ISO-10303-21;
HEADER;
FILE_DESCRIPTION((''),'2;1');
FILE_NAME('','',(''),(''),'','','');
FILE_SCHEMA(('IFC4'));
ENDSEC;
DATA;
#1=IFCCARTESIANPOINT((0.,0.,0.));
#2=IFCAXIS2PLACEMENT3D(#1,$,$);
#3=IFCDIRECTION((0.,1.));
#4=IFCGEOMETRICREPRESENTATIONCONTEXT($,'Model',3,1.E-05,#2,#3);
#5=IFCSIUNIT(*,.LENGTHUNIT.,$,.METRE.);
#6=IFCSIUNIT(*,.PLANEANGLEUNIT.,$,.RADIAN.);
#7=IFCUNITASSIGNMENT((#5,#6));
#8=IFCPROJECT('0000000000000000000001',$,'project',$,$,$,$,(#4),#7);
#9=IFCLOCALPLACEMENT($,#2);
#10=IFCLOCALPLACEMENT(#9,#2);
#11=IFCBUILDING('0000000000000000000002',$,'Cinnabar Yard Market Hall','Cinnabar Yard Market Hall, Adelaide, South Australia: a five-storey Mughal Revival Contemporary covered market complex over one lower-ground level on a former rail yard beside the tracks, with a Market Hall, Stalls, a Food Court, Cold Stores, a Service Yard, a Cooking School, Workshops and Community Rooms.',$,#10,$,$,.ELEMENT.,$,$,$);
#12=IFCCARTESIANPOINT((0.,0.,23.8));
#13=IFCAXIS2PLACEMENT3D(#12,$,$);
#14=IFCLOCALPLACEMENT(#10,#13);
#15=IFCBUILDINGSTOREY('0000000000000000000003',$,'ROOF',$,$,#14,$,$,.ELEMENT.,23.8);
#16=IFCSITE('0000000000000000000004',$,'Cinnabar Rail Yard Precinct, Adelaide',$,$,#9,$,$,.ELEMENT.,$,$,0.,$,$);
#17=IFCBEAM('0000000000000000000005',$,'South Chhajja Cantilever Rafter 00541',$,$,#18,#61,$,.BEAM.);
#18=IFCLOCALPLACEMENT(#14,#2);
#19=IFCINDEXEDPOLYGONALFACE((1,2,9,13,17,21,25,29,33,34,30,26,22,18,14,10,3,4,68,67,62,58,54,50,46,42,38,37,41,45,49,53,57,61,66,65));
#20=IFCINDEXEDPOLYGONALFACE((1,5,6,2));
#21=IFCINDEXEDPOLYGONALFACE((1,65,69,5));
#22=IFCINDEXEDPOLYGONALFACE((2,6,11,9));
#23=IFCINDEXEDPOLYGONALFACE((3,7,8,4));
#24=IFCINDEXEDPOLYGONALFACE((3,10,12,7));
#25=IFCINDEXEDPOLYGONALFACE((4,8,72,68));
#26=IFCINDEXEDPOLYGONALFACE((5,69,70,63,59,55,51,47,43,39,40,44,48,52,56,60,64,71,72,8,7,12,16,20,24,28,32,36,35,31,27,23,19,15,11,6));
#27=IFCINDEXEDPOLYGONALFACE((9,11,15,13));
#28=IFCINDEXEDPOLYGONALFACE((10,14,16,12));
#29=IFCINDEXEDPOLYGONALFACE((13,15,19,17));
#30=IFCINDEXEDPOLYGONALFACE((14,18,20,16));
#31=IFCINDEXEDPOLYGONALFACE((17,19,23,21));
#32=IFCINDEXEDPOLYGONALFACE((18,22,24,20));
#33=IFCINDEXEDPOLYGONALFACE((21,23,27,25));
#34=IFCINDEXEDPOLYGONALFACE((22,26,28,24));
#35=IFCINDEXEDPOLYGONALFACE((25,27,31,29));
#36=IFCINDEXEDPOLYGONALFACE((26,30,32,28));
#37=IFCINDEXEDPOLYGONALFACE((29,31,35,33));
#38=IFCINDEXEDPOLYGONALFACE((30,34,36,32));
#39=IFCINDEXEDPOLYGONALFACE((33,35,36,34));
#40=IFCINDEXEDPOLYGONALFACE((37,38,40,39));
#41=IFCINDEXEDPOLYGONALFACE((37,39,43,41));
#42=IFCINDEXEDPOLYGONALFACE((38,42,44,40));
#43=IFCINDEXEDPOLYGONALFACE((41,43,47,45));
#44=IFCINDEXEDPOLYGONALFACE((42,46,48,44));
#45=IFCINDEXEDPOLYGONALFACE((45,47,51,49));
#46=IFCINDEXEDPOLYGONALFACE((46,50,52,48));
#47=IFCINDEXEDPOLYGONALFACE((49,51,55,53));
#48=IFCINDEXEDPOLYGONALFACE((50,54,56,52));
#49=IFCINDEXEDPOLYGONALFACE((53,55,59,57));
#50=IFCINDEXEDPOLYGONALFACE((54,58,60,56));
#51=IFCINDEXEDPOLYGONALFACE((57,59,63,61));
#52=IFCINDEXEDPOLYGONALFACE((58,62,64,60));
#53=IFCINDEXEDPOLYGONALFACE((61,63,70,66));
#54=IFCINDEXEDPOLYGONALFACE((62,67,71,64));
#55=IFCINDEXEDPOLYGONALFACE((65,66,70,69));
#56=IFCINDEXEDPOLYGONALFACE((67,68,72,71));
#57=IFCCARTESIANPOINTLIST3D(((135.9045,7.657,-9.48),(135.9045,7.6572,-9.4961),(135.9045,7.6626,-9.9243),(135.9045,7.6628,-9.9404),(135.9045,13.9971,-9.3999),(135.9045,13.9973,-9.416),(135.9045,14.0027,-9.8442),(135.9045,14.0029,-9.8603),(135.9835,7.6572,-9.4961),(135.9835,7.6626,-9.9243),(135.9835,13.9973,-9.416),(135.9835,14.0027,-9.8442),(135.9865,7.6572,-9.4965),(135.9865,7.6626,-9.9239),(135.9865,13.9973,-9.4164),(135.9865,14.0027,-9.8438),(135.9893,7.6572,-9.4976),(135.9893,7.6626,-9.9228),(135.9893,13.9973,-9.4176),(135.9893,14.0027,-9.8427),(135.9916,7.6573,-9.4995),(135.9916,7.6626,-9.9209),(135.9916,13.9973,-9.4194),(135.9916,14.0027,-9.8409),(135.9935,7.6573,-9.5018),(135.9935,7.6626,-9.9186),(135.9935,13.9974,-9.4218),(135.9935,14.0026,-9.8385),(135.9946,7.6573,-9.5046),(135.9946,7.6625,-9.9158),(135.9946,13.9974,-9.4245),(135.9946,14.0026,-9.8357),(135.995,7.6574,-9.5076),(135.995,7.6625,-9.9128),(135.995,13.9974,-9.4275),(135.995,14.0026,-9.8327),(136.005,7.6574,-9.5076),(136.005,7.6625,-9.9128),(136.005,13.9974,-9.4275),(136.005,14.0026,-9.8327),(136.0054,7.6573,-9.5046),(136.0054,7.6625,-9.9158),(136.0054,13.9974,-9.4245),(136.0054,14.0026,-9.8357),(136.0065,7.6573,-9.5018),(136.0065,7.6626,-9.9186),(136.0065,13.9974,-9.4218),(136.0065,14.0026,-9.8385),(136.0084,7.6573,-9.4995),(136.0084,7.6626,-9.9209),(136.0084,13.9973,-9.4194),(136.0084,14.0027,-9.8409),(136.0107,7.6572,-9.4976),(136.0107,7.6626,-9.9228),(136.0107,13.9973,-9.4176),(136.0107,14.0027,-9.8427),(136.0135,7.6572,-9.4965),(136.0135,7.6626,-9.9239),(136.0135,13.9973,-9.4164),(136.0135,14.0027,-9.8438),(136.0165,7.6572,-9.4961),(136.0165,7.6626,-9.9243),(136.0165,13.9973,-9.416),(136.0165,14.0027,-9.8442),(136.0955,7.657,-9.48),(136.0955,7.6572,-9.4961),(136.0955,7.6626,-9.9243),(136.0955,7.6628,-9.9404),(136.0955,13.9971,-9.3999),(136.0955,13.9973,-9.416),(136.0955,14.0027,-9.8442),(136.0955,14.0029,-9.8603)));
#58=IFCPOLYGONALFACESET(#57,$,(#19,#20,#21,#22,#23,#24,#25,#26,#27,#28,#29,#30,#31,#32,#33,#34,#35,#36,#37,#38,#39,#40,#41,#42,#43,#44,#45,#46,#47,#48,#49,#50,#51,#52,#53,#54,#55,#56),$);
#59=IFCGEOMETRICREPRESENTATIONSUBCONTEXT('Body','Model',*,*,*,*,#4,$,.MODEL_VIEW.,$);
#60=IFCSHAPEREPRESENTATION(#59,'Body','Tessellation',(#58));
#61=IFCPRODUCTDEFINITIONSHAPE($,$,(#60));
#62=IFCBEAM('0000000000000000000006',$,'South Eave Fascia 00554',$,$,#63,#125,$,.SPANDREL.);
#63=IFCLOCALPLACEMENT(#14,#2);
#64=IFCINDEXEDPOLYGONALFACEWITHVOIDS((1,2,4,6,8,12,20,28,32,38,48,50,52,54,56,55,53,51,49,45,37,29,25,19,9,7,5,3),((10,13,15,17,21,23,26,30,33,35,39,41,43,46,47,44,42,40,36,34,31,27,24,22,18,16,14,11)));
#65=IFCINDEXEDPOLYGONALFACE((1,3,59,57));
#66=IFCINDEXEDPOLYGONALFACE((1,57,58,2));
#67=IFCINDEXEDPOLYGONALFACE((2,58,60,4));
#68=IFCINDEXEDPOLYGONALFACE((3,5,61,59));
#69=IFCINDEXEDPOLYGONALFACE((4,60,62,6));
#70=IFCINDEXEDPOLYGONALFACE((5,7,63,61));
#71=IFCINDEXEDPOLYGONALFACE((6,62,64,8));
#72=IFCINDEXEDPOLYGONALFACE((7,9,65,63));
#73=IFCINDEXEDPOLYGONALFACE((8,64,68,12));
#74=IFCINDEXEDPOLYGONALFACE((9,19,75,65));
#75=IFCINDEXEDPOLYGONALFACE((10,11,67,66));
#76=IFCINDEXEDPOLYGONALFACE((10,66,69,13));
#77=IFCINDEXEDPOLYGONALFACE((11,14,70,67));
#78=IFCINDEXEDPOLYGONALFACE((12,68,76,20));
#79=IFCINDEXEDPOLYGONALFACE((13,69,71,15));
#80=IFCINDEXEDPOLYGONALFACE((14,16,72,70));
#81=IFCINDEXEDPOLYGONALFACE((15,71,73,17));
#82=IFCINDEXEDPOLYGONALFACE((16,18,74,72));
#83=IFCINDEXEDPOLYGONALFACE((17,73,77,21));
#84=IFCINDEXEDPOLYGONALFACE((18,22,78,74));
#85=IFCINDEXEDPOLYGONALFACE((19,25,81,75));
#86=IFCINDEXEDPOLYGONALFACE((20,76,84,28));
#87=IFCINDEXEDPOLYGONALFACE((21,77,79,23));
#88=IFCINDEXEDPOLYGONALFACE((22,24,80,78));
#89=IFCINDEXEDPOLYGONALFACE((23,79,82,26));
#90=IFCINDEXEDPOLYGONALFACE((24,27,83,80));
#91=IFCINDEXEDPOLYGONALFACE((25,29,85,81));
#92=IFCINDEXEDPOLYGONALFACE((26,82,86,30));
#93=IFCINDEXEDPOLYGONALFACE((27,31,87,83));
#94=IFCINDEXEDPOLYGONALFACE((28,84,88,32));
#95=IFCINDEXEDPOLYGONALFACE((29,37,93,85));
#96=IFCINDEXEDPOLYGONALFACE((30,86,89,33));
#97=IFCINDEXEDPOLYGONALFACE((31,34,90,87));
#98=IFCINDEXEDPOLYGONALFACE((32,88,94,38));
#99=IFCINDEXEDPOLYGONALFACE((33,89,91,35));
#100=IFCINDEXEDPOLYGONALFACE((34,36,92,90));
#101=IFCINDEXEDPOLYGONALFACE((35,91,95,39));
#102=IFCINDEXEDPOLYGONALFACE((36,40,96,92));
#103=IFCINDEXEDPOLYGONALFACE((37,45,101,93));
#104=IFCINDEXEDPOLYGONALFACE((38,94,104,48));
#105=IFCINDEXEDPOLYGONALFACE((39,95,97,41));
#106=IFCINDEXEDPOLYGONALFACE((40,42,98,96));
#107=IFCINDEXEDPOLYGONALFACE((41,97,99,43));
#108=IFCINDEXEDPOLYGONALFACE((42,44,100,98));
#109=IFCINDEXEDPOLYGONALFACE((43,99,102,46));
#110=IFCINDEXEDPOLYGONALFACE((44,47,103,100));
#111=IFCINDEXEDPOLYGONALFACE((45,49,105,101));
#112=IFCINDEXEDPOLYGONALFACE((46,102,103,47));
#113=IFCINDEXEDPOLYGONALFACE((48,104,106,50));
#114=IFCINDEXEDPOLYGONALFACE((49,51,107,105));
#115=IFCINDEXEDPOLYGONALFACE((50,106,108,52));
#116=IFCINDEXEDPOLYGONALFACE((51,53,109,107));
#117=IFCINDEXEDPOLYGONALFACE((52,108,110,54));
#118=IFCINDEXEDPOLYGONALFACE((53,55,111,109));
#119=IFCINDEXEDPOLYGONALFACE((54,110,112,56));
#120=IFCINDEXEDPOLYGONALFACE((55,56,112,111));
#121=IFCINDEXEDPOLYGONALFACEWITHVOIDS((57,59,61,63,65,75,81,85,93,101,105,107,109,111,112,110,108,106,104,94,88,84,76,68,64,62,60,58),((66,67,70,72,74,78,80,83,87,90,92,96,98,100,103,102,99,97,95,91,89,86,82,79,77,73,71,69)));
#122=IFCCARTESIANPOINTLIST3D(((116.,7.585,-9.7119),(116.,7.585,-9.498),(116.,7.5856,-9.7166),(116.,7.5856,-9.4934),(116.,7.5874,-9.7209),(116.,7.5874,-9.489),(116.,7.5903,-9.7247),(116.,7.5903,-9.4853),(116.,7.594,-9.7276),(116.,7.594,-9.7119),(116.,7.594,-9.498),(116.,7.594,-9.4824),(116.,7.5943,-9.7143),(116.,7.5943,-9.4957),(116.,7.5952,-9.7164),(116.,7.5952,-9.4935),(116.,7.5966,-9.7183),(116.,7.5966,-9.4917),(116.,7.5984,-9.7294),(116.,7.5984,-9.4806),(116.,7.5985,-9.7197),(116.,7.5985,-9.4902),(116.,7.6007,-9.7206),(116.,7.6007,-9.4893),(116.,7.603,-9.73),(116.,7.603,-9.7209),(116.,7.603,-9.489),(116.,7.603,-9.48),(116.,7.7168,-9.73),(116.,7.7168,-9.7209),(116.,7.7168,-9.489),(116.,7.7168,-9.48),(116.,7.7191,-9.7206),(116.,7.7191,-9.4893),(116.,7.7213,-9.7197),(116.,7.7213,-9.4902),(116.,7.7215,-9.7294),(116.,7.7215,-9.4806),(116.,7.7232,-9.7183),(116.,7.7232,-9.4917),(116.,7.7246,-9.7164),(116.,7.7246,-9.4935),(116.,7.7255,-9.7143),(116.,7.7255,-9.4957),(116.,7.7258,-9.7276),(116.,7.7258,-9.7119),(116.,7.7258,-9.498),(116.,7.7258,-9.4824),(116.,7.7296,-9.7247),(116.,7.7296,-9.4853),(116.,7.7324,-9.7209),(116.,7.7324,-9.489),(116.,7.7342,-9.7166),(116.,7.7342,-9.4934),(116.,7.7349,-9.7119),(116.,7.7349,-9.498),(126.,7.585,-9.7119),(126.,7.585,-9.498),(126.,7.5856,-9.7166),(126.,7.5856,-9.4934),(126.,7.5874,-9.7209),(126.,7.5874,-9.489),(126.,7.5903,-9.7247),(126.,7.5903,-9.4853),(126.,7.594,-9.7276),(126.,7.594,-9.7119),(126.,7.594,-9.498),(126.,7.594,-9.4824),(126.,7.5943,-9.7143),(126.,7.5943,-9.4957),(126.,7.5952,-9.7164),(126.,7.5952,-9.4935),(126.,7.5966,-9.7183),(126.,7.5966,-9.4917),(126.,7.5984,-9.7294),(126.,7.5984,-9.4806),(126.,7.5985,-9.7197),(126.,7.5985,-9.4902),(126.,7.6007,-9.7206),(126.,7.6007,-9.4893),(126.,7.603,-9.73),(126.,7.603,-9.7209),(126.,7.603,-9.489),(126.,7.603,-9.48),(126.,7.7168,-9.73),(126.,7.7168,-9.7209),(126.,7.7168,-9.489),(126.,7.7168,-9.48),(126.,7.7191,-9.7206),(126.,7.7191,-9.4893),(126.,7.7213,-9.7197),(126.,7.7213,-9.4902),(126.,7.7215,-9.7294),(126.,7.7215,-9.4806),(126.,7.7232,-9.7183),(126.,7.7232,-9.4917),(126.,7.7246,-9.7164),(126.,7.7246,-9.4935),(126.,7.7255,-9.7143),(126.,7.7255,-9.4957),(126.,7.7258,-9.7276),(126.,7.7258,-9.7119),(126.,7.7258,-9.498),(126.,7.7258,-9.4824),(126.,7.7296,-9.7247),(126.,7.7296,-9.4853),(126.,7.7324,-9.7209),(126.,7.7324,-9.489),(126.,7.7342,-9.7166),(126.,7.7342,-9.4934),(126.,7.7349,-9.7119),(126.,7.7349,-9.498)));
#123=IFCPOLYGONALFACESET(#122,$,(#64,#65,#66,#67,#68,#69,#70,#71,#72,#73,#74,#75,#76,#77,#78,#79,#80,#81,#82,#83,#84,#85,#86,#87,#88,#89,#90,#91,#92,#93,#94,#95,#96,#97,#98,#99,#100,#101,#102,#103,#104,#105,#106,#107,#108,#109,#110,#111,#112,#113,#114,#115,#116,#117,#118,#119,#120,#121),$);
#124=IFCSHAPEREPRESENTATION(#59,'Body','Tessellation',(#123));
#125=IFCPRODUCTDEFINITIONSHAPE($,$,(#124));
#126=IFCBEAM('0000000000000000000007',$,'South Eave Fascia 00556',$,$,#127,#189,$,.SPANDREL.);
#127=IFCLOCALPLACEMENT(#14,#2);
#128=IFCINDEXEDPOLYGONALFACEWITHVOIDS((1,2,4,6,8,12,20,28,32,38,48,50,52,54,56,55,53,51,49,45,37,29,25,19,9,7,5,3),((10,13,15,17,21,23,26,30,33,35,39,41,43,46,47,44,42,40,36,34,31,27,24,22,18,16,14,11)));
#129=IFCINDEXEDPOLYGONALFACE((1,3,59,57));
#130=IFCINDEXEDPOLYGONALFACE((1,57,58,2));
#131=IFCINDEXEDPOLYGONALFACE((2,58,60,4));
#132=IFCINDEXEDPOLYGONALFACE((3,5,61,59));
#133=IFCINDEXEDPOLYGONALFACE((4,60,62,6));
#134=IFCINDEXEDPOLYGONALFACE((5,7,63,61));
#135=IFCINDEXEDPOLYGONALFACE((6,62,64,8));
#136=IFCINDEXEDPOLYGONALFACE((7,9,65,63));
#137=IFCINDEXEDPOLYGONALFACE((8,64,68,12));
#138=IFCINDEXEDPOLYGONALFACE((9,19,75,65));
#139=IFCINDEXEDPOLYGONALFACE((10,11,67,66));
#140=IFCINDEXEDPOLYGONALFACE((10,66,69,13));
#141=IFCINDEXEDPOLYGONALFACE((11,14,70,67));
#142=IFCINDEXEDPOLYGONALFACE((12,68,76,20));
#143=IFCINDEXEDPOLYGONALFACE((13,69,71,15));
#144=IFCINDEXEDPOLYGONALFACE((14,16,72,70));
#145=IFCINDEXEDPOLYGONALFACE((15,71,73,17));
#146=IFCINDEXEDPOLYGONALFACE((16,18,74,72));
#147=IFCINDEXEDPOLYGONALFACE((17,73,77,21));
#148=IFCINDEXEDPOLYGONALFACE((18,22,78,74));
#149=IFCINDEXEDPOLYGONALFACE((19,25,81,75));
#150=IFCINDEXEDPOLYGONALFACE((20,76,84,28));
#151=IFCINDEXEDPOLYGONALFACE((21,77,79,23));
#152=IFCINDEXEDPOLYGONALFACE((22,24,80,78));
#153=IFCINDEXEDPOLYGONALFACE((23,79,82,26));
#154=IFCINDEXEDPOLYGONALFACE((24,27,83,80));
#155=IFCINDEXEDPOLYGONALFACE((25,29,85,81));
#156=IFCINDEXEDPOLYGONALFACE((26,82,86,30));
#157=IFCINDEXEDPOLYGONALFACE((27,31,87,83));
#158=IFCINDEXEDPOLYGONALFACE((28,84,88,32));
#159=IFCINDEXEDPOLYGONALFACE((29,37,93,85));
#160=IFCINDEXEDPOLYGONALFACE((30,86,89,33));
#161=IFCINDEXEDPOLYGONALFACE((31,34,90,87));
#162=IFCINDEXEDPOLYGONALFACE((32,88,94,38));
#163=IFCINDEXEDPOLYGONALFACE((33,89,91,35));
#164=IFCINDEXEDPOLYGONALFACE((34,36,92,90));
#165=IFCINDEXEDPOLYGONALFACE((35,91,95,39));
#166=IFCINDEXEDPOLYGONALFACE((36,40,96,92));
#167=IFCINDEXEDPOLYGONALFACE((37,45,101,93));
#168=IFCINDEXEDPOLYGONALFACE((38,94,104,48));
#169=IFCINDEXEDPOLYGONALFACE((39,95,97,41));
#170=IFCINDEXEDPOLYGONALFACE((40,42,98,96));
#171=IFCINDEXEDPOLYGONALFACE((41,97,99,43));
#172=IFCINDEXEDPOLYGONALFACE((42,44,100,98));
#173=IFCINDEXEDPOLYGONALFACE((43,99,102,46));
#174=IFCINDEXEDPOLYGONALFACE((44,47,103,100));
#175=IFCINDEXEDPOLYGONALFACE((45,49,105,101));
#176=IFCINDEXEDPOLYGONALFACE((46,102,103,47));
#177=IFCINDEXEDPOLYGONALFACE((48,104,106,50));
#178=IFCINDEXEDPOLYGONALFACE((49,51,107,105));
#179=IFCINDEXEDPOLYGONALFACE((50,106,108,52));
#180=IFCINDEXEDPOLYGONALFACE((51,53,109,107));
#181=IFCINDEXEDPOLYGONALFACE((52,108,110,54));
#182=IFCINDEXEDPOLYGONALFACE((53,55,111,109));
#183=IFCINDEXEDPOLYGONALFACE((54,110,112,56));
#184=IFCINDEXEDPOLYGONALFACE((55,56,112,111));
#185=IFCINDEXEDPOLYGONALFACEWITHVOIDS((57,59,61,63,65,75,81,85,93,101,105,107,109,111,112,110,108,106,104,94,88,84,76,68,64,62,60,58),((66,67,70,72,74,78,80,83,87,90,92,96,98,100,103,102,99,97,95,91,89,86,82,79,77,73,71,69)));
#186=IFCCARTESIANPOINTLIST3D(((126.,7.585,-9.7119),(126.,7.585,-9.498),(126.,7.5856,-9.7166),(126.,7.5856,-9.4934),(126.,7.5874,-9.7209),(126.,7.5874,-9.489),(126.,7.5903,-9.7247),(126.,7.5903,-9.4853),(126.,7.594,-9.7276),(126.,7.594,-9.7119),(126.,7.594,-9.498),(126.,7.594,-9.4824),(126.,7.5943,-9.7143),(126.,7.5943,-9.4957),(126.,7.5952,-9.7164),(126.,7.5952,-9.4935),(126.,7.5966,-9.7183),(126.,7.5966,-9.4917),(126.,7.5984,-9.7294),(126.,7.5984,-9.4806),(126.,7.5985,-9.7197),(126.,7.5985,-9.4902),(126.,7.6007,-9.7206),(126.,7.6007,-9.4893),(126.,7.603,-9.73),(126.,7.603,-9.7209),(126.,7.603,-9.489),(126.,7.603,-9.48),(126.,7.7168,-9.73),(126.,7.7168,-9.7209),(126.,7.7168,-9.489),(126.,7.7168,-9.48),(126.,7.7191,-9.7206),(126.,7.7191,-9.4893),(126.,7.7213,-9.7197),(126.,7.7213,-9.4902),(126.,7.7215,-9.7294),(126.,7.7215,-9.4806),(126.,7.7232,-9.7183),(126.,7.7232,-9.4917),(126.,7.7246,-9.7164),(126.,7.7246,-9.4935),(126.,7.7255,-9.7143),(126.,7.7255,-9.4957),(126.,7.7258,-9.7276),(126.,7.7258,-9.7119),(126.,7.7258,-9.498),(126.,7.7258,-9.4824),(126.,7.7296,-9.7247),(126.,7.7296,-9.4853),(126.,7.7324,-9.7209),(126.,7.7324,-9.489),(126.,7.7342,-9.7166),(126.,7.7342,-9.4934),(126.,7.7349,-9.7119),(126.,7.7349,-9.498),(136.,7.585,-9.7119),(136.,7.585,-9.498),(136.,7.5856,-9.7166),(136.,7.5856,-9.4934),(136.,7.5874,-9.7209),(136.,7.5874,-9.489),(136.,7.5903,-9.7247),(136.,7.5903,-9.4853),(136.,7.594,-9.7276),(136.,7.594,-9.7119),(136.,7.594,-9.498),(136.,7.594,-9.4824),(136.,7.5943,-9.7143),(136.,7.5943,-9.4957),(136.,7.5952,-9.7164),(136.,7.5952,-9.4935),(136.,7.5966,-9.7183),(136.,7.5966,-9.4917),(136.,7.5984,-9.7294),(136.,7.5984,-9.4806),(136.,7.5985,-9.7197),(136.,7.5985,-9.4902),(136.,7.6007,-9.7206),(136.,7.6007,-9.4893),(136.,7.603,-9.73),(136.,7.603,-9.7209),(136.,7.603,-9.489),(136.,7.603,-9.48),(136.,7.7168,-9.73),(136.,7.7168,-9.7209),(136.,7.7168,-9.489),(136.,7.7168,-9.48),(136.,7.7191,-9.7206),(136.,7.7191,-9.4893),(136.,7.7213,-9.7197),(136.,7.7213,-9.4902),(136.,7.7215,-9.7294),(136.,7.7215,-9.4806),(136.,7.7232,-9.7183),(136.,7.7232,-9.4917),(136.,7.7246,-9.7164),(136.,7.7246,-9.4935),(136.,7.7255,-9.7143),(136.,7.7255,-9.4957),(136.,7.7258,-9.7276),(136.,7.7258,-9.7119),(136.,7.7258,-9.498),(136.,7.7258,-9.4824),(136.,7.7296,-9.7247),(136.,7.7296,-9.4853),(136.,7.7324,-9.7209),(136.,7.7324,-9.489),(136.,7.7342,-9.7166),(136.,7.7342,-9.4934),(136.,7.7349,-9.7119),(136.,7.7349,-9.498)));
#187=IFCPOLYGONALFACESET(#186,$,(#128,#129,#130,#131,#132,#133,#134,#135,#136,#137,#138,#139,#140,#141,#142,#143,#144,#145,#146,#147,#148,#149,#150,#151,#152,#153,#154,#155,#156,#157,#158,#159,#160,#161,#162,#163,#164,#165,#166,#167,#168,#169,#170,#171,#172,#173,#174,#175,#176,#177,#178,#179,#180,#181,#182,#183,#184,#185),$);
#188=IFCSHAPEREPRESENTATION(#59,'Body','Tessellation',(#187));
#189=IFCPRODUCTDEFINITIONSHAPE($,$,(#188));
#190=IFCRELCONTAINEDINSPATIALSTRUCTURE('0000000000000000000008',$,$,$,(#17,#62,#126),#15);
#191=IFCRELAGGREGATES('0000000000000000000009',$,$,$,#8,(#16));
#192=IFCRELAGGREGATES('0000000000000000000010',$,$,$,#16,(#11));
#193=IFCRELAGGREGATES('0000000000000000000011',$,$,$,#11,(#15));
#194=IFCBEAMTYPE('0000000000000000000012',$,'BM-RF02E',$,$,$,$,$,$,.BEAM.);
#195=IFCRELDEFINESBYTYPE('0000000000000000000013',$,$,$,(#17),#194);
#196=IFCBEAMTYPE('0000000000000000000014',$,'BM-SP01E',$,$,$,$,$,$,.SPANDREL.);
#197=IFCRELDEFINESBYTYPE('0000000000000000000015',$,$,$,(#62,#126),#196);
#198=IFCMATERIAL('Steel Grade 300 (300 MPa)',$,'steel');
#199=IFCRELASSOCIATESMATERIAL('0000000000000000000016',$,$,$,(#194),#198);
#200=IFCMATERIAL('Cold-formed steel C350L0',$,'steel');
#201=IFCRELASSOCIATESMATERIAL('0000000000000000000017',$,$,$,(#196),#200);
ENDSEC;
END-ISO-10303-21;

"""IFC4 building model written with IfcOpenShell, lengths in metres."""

from ifc_helpers import new_model, si_unit, direction, frame, origin, origin_2d_with_axis, place, context, subcontext, project, spatial, hollow_rectangle, i_section, extrude, material, material_profile, profile_set, type_object, element, save


model = new_model("IFC4")

# Units and contexts
model_context = context("Model", 3, precision=1e-05, world=origin(), true_north=direction((0.0, 1.0)))
body_context = subcontext(model_context, "Body", "Model", "MODEL_VIEW")
ifc_project = project(units=[si_unit("LENGTHUNIT", "METRE"), si_unit("PLANEANGLEUNIT", "RADIAN")], contexts=[model_context])

# Site, building, storey
site_placement = place(None, origin())
site = spatial("IfcSite", under=ifc_project, at=site_placement, Name="Cinnabar Rail Yard Precinct, Adelaide", CompositionType="ELEMENT", RefElevation=0.0)
building_placement = place(site_placement, origin())
building = spatial("IfcBuilding", under=site, at=building_placement, Name="Cinnabar Yard Market Hall", Description="Cinnabar Yard Market Hall, Adelaide, South Australia: a five-storey Mughal Revival Contemporary covered market complex over one lower-ground level on a former rail yard beside the tracks, with a Market Hall, Stalls, a Food Court, Cold Stores, a Service Yard, a Cooking School, Workshops and Community Rooms.", CompositionType="ELEMENT")
storey_placement = place(building_placement, frame((0.0, 0.0, 23.8)))
storey = spatial("IfcBuildingStorey", under=building, at=storey_placement, Name="ROOF", CompositionType="ELEMENT", Elevation=23.8)

# Beams
ifc_material_1 = material(Name="Steel Grade 300 (300 MPa)", Category="steel")
ifc_material_profile_1 = material_profile(ifc_material_1, i_section(OverallWidth=0.1909, OverallDepth=0.4604, WebThickness=0.01, FlangeThickness=0.0161, FilletRadius=0.0115, at=origin_2d_with_axis()), Name="460UB82.1")
ifc_profile_set_1 = profile_set([ifc_material_profile_1], Name="Steel Grade 300 (300 MPa)")
beam_type_1 = type_object("IfcBeamType", Name="BM-RF02E", PredefinedType="BEAM", material=ifc_profile_set_1)
for number, where, z_axis, x_axis, name in (
    (1, (136.0, 14.0, -9.6301), (0.0, -0.99992, -0.012629), (1.0, 0.0, 0.0), "South Chhajja Cantilever Rafter 00541"),
):
    element("IfcBeam", number, at=place(storey_placement, frame(where, z_axis=z_axis, x_axis=x_axis)), inside=storey, type_object=beam_type_1, Name=name, PredefinedType="BEAM", context=body_context, shape_type="SweptSolid", body=[
        extrude(i_section(OverallWidth=0.1909, OverallDepth=0.4604, WebThickness=0.01, FlangeThickness=0.0161, FilletRadius=0.0115, at=origin_2d_with_axis()), origin(), (0.0, 0.0, 1.0), 6.3406),
    ])
ifc_material_2 = material(Name="Cold-formed steel C350L0", Category="steel")
ifc_material_profile_2 = material_profile(ifc_material_2, hollow_rectangle(XDim=0.1499, YDim=0.25, WallThickness=0.009, InnerFilletRadius=0.009, OuterFilletRadius=0.0181, at=origin_2d_with_axis()), Name="250x150x9.0RHS")
ifc_profile_set_2 = profile_set([ifc_material_profile_2], Name="Cold-formed steel C350L0")
beam_type_2 = type_object("IfcBeamType", Name="BM-SP01E", PredefinedType="SPANDREL", material=ifc_profile_set_2)
for number, where, z_axis, x_axis, name in (
    (2, (116.0, 7.6599, -9.605), (1.0, 0.0, 0.0), (0.0, 1.0, 0.0), "South Eave Fascia 00554"),
    (3, (126.0, 7.6599, -9.605), (1.0, 0.0, 0.0), (0.0, 1.0, 0.0), "South Eave Fascia 00556"),
):
    element("IfcBeam", number, at=place(storey_placement, frame(where, z_axis=z_axis, x_axis=x_axis)), inside=storey, type_object=beam_type_2, Name=name, PredefinedType="SPANDREL", context=body_context, shape_type="SweptSolid", body=[
        extrude(hollow_rectangle(XDim=0.1499, YDim=0.25, WallThickness=0.009, InnerFilletRadius=0.009, OuterFilletRadius=0.0181, at=origin_2d_with_axis()), origin(), (0.0, 0.0, 1.0), 10.0),
    ])

save(model, "model.ifc")
